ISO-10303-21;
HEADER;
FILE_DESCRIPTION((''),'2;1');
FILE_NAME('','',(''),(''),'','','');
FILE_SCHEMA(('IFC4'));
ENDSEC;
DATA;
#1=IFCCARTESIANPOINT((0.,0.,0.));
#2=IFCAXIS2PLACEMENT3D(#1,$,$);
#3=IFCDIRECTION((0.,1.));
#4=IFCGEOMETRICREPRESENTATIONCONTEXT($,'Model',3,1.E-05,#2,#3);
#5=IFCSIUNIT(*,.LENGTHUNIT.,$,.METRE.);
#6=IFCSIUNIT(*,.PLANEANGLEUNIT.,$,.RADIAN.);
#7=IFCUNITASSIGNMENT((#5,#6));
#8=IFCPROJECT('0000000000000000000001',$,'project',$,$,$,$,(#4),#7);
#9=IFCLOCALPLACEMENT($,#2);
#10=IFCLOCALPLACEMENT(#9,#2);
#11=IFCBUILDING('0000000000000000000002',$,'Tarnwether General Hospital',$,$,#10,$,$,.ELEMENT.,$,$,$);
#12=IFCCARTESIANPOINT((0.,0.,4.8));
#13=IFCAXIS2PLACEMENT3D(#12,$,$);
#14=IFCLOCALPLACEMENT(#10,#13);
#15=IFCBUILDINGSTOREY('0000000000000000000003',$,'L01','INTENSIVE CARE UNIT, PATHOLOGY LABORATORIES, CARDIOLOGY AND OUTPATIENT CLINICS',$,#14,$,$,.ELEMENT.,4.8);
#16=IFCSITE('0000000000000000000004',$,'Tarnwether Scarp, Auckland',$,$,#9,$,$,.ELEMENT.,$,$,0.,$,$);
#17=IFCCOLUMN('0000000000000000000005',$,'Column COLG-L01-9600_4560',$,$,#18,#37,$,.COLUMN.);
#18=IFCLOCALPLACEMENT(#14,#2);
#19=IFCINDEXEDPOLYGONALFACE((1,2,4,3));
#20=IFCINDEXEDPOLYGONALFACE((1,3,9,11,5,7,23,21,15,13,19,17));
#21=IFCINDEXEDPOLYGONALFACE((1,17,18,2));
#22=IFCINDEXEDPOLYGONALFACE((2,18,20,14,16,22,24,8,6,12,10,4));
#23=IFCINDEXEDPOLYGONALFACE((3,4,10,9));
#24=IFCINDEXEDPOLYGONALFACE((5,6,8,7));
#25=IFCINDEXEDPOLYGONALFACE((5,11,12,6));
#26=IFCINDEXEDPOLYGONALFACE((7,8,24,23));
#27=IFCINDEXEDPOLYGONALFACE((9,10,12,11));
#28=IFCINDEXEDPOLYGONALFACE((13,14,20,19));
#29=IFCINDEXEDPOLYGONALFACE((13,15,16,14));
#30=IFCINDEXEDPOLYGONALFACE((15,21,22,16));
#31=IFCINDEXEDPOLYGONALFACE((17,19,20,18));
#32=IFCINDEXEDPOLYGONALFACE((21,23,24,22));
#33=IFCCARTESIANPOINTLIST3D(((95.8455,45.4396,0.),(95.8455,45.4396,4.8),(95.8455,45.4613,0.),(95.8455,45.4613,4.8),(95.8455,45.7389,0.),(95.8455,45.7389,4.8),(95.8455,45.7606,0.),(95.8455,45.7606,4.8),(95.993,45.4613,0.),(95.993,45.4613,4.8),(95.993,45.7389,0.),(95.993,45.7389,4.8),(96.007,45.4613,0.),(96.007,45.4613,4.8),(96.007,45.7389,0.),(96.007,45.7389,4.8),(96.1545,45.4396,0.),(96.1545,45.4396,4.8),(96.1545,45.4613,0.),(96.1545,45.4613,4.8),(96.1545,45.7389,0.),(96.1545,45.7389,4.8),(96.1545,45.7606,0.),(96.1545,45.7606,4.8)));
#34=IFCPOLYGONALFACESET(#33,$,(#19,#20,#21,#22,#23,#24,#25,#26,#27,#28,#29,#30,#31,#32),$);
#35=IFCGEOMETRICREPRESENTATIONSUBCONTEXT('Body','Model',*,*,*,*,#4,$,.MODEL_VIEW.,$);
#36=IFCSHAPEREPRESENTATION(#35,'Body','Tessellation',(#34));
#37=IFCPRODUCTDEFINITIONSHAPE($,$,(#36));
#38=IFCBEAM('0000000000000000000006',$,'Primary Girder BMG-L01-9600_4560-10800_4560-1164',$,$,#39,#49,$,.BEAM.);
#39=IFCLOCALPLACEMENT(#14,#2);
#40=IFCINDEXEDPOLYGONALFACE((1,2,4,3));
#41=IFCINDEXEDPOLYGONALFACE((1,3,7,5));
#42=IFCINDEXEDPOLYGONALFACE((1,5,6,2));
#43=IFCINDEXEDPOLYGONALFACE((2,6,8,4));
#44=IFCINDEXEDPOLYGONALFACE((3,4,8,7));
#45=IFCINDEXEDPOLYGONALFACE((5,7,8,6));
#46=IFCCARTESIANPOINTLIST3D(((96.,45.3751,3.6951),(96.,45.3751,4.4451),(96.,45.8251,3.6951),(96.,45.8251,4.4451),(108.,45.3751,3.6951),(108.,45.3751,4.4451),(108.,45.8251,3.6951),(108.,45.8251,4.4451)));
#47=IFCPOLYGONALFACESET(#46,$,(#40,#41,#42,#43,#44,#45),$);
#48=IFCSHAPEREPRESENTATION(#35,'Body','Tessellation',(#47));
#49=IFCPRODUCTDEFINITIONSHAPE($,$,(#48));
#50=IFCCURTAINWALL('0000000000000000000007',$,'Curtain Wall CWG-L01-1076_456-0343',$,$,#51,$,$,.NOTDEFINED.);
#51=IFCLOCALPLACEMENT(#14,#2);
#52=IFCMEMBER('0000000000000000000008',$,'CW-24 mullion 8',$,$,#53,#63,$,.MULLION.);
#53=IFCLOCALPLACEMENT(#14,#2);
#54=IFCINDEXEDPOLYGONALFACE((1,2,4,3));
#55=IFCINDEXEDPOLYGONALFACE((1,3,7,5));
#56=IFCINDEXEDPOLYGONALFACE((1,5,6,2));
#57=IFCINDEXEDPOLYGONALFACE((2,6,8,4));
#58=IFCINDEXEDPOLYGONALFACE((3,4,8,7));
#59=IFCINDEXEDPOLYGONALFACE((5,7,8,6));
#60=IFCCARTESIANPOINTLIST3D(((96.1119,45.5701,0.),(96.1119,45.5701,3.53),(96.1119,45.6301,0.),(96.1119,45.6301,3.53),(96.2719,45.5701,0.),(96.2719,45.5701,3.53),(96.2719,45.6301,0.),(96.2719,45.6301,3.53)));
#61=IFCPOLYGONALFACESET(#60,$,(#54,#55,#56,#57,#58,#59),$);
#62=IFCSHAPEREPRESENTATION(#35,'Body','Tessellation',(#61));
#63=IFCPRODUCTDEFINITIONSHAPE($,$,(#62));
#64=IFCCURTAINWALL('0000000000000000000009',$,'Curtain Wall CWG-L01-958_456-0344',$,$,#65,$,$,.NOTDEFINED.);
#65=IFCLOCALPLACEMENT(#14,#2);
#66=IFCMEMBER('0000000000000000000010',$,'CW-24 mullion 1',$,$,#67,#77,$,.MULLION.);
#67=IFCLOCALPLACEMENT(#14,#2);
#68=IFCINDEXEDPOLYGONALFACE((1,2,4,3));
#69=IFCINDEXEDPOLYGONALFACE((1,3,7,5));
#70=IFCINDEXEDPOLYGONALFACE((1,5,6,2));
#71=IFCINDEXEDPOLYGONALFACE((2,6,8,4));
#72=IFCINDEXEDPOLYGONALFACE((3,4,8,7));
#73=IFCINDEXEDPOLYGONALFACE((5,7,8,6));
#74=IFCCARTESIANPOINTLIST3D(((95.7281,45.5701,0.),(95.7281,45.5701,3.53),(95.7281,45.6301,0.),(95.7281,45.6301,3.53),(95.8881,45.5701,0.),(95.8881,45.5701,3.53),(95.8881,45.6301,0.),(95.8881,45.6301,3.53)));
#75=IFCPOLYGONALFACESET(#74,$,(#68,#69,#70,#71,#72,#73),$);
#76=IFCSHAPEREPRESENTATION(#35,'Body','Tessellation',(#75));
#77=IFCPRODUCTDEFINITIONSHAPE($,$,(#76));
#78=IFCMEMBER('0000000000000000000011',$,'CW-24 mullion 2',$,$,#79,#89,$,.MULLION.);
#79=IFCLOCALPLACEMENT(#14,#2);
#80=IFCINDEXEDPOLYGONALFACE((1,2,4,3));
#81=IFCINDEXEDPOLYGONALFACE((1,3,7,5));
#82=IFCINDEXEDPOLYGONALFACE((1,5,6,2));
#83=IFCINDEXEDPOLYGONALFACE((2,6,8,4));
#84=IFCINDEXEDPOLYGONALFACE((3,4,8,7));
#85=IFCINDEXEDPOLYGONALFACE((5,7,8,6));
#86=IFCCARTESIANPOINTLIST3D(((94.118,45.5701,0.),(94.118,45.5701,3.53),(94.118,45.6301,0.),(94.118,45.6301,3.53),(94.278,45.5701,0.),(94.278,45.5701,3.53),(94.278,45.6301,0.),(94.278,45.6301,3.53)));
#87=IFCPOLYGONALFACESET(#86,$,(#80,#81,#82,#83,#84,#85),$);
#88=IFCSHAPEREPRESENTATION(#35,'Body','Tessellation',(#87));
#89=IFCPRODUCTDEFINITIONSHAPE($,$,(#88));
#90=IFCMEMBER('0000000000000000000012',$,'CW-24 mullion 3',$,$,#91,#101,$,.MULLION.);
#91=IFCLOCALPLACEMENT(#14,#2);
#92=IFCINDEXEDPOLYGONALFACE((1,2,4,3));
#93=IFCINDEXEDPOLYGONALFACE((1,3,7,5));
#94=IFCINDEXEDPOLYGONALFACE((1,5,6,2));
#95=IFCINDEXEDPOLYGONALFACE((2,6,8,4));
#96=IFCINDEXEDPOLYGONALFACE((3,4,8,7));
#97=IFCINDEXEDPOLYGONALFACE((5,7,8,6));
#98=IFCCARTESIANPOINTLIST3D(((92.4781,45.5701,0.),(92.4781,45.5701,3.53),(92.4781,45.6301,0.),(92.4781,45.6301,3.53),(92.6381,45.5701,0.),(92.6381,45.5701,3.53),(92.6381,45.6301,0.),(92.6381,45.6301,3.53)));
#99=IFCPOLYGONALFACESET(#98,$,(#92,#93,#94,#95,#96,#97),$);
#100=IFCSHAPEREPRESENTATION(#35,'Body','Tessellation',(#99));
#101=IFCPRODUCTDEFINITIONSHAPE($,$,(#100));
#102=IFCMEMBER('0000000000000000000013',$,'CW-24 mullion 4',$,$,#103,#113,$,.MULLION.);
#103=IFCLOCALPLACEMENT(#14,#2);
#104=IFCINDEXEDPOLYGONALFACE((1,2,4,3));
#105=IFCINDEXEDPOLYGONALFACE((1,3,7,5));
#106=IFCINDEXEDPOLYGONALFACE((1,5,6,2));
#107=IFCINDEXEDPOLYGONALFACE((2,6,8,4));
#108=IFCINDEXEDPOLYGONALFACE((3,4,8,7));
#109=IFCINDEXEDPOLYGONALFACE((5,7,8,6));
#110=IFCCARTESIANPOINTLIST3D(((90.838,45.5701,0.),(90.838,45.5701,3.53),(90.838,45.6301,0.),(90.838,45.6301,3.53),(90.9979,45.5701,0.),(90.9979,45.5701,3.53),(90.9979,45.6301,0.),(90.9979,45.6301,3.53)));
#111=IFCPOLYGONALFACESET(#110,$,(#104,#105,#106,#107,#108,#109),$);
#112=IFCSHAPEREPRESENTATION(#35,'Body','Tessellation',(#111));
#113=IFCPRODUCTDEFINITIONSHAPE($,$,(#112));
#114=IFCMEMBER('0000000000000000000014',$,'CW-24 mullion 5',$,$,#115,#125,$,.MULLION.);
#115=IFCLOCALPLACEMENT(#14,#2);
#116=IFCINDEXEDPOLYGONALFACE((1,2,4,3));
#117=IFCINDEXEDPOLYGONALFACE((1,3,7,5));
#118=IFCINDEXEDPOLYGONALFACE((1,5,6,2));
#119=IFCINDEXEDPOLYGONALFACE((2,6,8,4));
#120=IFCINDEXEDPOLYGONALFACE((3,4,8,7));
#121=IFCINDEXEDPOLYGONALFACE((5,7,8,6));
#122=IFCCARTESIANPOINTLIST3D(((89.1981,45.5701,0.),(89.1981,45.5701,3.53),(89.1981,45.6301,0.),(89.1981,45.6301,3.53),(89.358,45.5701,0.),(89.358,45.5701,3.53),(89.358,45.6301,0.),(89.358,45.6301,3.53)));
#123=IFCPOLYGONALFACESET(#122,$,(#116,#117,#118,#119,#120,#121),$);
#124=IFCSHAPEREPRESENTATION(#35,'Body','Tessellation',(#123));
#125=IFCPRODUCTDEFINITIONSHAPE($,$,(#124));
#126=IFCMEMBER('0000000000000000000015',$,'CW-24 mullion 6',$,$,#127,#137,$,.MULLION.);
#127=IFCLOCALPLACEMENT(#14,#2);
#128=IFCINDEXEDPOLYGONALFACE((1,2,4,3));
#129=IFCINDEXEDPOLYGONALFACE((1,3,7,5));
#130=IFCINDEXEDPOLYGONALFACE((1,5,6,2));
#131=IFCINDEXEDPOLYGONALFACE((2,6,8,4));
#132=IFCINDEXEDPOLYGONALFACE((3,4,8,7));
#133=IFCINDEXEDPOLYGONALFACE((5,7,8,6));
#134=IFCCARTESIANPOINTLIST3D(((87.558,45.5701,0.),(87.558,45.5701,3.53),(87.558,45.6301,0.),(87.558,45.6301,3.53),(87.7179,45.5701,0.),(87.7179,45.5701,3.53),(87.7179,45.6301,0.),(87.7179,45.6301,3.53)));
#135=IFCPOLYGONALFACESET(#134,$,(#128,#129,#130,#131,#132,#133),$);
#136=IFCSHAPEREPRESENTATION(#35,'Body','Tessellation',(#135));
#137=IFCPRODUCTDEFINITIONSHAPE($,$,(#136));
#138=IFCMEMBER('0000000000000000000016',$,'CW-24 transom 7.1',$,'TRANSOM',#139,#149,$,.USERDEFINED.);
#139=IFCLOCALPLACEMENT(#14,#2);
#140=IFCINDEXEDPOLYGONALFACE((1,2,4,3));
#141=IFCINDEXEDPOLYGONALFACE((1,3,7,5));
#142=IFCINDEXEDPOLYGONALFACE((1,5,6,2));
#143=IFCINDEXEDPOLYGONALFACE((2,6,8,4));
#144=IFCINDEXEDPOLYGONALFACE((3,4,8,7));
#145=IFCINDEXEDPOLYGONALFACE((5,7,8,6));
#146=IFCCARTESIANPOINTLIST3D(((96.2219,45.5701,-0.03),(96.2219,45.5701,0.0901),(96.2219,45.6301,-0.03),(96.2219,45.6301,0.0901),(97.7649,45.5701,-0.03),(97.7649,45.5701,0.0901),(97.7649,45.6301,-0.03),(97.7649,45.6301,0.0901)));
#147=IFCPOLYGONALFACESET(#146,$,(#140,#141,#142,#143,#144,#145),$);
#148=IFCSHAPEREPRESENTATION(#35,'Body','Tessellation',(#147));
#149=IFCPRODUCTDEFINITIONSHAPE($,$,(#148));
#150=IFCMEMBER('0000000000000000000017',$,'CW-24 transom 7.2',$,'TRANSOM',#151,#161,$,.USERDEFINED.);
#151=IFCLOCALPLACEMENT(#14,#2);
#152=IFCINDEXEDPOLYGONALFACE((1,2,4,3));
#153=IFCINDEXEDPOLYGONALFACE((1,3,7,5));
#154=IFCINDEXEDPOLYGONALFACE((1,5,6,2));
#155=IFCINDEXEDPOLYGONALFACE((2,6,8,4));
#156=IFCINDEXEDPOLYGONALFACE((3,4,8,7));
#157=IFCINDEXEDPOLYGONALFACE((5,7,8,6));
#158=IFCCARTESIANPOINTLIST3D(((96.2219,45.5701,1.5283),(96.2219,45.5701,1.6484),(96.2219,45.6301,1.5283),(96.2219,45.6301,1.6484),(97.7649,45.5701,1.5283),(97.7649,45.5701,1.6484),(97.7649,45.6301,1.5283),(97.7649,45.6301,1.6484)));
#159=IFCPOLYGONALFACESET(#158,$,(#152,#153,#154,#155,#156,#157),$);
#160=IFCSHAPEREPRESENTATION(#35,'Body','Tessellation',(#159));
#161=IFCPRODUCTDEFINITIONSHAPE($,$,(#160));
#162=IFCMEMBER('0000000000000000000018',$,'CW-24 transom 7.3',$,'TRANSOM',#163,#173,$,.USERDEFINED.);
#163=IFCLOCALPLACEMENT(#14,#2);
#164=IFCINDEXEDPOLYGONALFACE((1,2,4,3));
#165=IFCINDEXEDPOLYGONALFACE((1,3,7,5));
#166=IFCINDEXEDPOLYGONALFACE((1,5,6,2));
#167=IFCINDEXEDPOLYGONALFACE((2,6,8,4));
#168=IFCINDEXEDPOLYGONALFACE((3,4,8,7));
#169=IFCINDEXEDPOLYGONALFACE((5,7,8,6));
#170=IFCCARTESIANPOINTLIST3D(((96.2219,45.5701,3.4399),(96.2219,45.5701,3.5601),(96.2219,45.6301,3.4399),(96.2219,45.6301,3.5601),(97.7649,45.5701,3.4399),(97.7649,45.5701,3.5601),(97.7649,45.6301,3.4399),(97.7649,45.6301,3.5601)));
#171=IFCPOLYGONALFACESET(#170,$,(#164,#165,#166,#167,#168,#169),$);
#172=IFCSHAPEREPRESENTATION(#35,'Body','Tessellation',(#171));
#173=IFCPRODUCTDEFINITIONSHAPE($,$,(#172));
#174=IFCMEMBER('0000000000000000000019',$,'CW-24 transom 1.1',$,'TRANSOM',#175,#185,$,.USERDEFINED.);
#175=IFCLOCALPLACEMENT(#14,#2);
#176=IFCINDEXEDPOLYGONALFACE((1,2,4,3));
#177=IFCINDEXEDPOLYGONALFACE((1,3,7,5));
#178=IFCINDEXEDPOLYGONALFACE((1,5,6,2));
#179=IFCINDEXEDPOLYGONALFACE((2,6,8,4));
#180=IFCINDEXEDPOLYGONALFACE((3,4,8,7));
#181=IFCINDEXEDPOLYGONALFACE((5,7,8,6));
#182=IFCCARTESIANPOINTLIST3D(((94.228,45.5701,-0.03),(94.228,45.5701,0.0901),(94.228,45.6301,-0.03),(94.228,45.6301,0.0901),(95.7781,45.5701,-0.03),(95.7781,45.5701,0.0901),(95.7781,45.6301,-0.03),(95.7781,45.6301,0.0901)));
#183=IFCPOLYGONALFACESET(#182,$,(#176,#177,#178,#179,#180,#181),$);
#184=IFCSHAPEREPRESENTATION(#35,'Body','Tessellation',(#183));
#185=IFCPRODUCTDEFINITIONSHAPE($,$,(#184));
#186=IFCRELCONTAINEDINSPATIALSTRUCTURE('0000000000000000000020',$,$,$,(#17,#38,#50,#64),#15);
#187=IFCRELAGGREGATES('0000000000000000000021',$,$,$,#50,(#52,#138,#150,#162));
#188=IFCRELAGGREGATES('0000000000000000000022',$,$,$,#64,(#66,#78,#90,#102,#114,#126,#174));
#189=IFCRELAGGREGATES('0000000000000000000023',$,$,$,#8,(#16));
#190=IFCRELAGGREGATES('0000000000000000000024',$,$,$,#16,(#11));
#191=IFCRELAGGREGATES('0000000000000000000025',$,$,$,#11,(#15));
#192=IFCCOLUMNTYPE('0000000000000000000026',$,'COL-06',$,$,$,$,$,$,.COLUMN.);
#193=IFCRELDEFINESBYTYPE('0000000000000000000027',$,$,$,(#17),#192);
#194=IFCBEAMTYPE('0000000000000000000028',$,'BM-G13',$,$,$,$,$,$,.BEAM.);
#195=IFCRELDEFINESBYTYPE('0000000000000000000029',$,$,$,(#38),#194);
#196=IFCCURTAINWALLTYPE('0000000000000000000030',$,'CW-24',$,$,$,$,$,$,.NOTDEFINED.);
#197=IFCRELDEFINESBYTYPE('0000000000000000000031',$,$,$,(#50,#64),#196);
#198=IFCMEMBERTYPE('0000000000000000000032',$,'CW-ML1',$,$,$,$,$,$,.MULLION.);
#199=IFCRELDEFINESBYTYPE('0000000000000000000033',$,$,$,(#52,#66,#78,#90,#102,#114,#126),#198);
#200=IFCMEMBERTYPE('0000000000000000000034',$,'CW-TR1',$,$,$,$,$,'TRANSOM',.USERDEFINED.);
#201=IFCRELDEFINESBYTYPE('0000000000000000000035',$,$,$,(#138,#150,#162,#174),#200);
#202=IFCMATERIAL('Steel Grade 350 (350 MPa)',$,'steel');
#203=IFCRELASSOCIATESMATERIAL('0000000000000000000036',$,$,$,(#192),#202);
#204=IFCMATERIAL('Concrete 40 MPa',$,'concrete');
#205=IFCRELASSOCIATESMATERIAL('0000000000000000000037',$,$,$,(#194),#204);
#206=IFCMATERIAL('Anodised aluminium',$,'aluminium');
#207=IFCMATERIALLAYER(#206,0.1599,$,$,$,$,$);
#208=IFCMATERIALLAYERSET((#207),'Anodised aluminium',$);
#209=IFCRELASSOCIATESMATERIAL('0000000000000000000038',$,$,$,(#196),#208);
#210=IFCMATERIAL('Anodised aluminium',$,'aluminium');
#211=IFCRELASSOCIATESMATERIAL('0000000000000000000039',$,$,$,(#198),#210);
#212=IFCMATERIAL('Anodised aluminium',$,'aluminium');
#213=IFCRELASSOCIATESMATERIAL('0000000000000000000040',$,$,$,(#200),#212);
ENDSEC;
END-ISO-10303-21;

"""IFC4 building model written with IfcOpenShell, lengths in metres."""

from ifc_helpers import new_model, si_unit, direction, frame, origin, origin_2d, place, context, subcontext, project, spatial, rectangle, i_section, extrude, material, layer, layer_set, material_profile, profile_set, type_object, element, aggregate, save


model = new_model("IFC4")

# Units and contexts
model_context = context("Model", 3, precision=1e-05, world=origin(), true_north=direction((0.0, 1.0)))
body_context = subcontext(model_context, "Body", "Model", "MODEL_VIEW")
ifc_project = project(units=[si_unit("LENGTHUNIT", "METRE"), si_unit("PLANEANGLEUNIT", "RADIAN")], contexts=[model_context])

# Site, building, storey
site_placement = place(None, origin())
site = spatial("IfcSite", under=ifc_project, at=site_placement, Name="Tarnwether Scarp, Auckland", CompositionType="ELEMENT", RefElevation=0.0)
building_placement = place(site_placement, origin())
building = spatial("IfcBuilding", under=site, at=building_placement, Name="Tarnwether General Hospital", CompositionType="ELEMENT")
storey_placement = place(building_placement, frame((0.0, 0.0, 4.8)))
storey = spatial("IfcBuildingStorey", under=building, at=storey_placement, Name="L01", Description="INTENSIVE CARE UNIT, PATHOLOGY LABORATORIES, CARDIOLOGY AND OUTPATIENT CLINICS", CompositionType="ELEMENT", Elevation=4.8)

# Column
ifc_material_1 = material(Name="Steel Grade 350 (350 MPa)", Category="steel")
ifc_material_profile_1 = material_profile(ifc_material_1, i_section(OverallWidth=0.3091, OverallDepth=0.321, WebThickness=0.0139, FlangeThickness=0.0217, at=origin_2d()), Name="310UC137")
ifc_profile_set_1 = profile_set([ifc_material_profile_1], Name="Steel Grade 350 (350 MPa)")
column_type = type_object("IfcColumnType", Name="COL-06", PredefinedType="COLUMN", material=ifc_profile_set_1)
column_placement = place(storey_placement, frame((96.0, 45.6001, 0.0), z_axis=(0.0, 0.0, 1.0), x_axis=(1.0, 0.0, 0.0)))
element("IfcColumn", 1, at=column_placement, inside=storey, type_object=column_type, Name="Column COLG-L01-9600_4560", PredefinedType="COLUMN", context=body_context, shape_type="SweptSolid", body=[
    extrude(i_section(OverallWidth=0.3091, OverallDepth=0.321, WebThickness=0.0139, FlangeThickness=0.0217, at=origin_2d()), origin(), (0.0, 0.0, 1.0), 4.8),
])

# Beam
ifc_material_2 = material(Name="Concrete 40 MPa", Category="concrete")
ifc_material_profile_2 = material_profile(ifc_material_2, rectangle(XDim=0.45, YDim=0.75, at=origin_2d()), Name="RC-BM-450x750")
ifc_profile_set_2 = profile_set([ifc_material_profile_2], Name="Concrete 40 MPa")
beam_type = type_object("IfcBeamType", Name="BM-G13", PredefinedType="BEAM", material=ifc_profile_set_2)
beam_placement = place(storey_placement, frame((96.0, 45.6001, 4.0701), z_axis=(1.0, 0.0, 0.0), x_axis=(0.0, 1.0, 0.0)))
element("IfcBeam", 2, at=beam_placement, inside=storey, type_object=beam_type, Name="Primary Girder BMG-L01-9600_4560-10800_4560-1164", PredefinedType="BEAM", context=body_context, shape_type="SweptSolid", body=[
    extrude(rectangle(XDim=0.45, YDim=0.75, at=origin_2d()), origin(), (0.0, 0.0, 1.0), 12.0),
])

# Curtain wall, member
ifc_material_3 = material(Name="Anodised aluminium", Category="aluminium")
ifc_layer_1 = layer(ifc_material_3, 0.1599)
ifc_layer_set_1 = layer_set([ifc_layer_1], Name="Anodised aluminium")
curtain_wall_type = type_object("IfcCurtainWallType", Name="CW-24", PredefinedType="NOTDEFINED", material=ifc_layer_set_1)
curtain_wall_1_placement = place(storey_placement, origin())
curtain_wall_1 = element("IfcCurtainWall", 3, at=curtain_wall_1_placement, inside=storey, type_object=curtain_wall_type, Name="Curtain Wall CWG-L01-1076_456-0343", PredefinedType="NOTDEFINED")
ifc_material_4 = material(Name="Anodised aluminium", Category="aluminium")
ifc_material_profile_3 = material_profile(ifc_material_4, rectangle(XDim=0.0601, YDim=0.1599, at=origin_2d()), Name="ALU-MUL-60x160")
ifc_profile_set_3 = profile_set([ifc_material_profile_3], Name="Anodised aluminium")
member_type_1 = type_object("IfcMemberType", Name="CW-ML1", PredefinedType="MULLION", material=ifc_profile_set_3)
member_1_placement = place(storey_placement, frame((96.1919, 45.6001, 0.0), z_axis=(0.0, 0.0, 1.0), x_axis=(0.0, -1.0, 0.0)))
member_1 = element("IfcMember", 4, at=member_1_placement, type_object=member_type_1, Name="CW-24 mullion 8", PredefinedType="MULLION", context=body_context, shape_type="SweptSolid", body=[
    extrude(rectangle(XDim=0.0601, YDim=0.1599, at=origin_2d()), origin(), (0.0, 0.0, 1.0), 3.53),
])

# Curtain wall, members
curtain_wall_2_placement = place(storey_placement, origin())
curtain_wall_2 = element("IfcCurtainWall", 5, at=curtain_wall_2_placement, inside=storey, type_object=curtain_wall_type, Name="Curtain Wall CWG-L01-958_456-0344", PredefinedType="NOTDEFINED")
member_2_placement = place(storey_placement, frame((95.8081, 45.6001, 0.0), z_axis=(0.0, 0.0, 1.0), x_axis=(0.0, -1.0, 0.0)))
member_2 = element("IfcMember", 6, at=member_2_placement, type_object=member_type_1, Name="CW-24 mullion 1", PredefinedType="MULLION", context=body_context, shape_type="SweptSolid", body=[
    extrude(rectangle(XDim=0.0601, YDim=0.1599, at=origin_2d()), origin(), (0.0, 0.0, 1.0), 3.53),
])
member_3_placement = place(storey_placement, frame((94.198, 45.6001, 0.0), z_axis=(0.0, 0.0, 1.0), x_axis=(0.0, -1.0, 0.0)))
member_3 = element("IfcMember", 7, at=member_3_placement, type_object=member_type_1, Name="CW-24 mullion 2", PredefinedType="MULLION", context=body_context, shape_type="SweptSolid", body=[
    extrude(rectangle(XDim=0.0601, YDim=0.1599, at=origin_2d()), origin(), (0.0, 0.0, 1.0), 3.53),
])
member_4_placement = place(storey_placement, frame((92.5581, 45.6001, 0.0), z_axis=(0.0, 0.0, 1.0), x_axis=(0.0, -1.0, 0.0)))
member_4 = element("IfcMember", 8, at=member_4_placement, type_object=member_type_1, Name="CW-24 mullion 3", PredefinedType="MULLION", context=body_context, shape_type="SweptSolid", body=[
    extrude(rectangle(XDim=0.0601, YDim=0.1599, at=origin_2d()), origin(), (0.0, 0.0, 1.0), 3.53),
])
member_5_placement = place(storey_placement, frame((90.918, 45.6001, 0.0), z_axis=(0.0, 0.0, 1.0), x_axis=(0.0, -1.0, 0.0)))
member_5 = element("IfcMember", 9, at=member_5_placement, type_object=member_type_1, Name="CW-24 mullion 4", PredefinedType="MULLION", context=body_context, shape_type="SweptSolid", body=[
    extrude(rectangle(XDim=0.0601, YDim=0.1599, at=origin_2d()), origin(), (0.0, 0.0, 1.0), 3.53),
])
member_6_placement = place(storey_placement, frame((89.2781, 45.6001, 0.0), z_axis=(0.0, 0.0, 1.0), x_axis=(0.0, -1.0, 0.0)))
member_6 = element("IfcMember", 10, at=member_6_placement, type_object=member_type_1, Name="CW-24 mullion 5", PredefinedType="MULLION", context=body_context, shape_type="SweptSolid", body=[
    extrude(rectangle(XDim=0.0601, YDim=0.1599, at=origin_2d()), origin(), (0.0, 0.0, 1.0), 3.53),
])
member_7_placement = place(storey_placement, frame((87.6379, 45.6001, 0.0), z_axis=(0.0, 0.0, 1.0), x_axis=(0.0, -1.0, 0.0)))
member_7 = element("IfcMember", 11, at=member_7_placement, type_object=member_type_1, Name="CW-24 mullion 6", PredefinedType="MULLION", context=body_context, shape_type="SweptSolid", body=[
    extrude(rectangle(XDim=0.0601, YDim=0.1599, at=origin_2d()), origin(), (0.0, 0.0, 1.0), 3.53),
])

# Members
ifc_material_5 = material(Name="Anodised aluminium", Category="aluminium")
ifc_material_profile_4 = material_profile(ifc_material_5, rectangle(XDim=0.0601, YDim=0.1201, at=origin_2d()), Name="ALU-TRN-60x120")
ifc_profile_set_4 = profile_set([ifc_material_profile_4], Name="Anodised aluminium")
member_type_2 = type_object("IfcMemberType", Name="CW-TR1", ElementType="TRANSOM", PredefinedType="USERDEFINED", material=ifc_profile_set_4)
member_8_placement = place(storey_placement, frame((97.7649, 45.6001, 0.03), z_axis=(-1.0, 0.0, 0.0), x_axis=(0.0, -1.0, 0.0)))
member_8 = element("IfcMember", 12, at=member_8_placement, type_object=member_type_2, Name="CW-24 transom 7.1", ObjectType="TRANSOM", PredefinedType="USERDEFINED", context=body_context, shape_type="SweptSolid", body=[
    extrude(rectangle(XDim=0.0601, YDim=0.1201, at=origin_2d()), origin(), (0.0, 0.0, 1.0), 1.543),
])
member_9_placement = place(storey_placement, frame((97.7649, 45.6001, 1.5884), z_axis=(-1.0, 0.0, 0.0), x_axis=(0.0, -1.0, 0.0)))
member_9 = element("IfcMember", 13, at=member_9_placement, type_object=member_type_2, Name="CW-24 transom 7.2", ObjectType="TRANSOM", PredefinedType="USERDEFINED", context=body_context, shape_type="SweptSolid", body=[
    extrude(rectangle(XDim=0.0601, YDim=0.1201, at=origin_2d()), origin(), (0.0, 0.0, 1.0), 1.543),
])
member_10_placement = place(storey_placement, frame((97.7649, 45.6001, 3.5), z_axis=(-1.0, 0.0, 0.0), x_axis=(0.0, -1.0, 0.0)))
member_10 = element("IfcMember", 14, at=member_10_placement, type_object=member_type_2, Name="CW-24 transom 7.3", ObjectType="TRANSOM", PredefinedType="USERDEFINED", context=body_context, shape_type="SweptSolid", body=[
    extrude(rectangle(XDim=0.0601, YDim=0.1201, at=origin_2d()), origin(), (0.0, 0.0, 1.0), 1.543),
])
member_11_placement = place(storey_placement, frame((95.7781, 45.6001, 0.03), z_axis=(-1.0, 0.0, 0.0), x_axis=(0.0, -1.0, 0.0)))
member_11 = element("IfcMember", 15, at=member_11_placement, type_object=member_type_2, Name="CW-24 transom 1.1", ObjectType="TRANSOM", PredefinedType="USERDEFINED", context=body_context, shape_type="SweptSolid", body=[
    extrude(rectangle(XDim=0.0601, YDim=0.1201, at=origin_2d()), origin(), (0.0, 0.0, 1.0), 1.55),
])

aggregate(curtain_wall_1, [member_1, member_8, member_9, member_10])
aggregate(curtain_wall_2, [member_2, member_3, member_4, member_5, member_6, member_7, member_11])

save(model, "model.ifc")
